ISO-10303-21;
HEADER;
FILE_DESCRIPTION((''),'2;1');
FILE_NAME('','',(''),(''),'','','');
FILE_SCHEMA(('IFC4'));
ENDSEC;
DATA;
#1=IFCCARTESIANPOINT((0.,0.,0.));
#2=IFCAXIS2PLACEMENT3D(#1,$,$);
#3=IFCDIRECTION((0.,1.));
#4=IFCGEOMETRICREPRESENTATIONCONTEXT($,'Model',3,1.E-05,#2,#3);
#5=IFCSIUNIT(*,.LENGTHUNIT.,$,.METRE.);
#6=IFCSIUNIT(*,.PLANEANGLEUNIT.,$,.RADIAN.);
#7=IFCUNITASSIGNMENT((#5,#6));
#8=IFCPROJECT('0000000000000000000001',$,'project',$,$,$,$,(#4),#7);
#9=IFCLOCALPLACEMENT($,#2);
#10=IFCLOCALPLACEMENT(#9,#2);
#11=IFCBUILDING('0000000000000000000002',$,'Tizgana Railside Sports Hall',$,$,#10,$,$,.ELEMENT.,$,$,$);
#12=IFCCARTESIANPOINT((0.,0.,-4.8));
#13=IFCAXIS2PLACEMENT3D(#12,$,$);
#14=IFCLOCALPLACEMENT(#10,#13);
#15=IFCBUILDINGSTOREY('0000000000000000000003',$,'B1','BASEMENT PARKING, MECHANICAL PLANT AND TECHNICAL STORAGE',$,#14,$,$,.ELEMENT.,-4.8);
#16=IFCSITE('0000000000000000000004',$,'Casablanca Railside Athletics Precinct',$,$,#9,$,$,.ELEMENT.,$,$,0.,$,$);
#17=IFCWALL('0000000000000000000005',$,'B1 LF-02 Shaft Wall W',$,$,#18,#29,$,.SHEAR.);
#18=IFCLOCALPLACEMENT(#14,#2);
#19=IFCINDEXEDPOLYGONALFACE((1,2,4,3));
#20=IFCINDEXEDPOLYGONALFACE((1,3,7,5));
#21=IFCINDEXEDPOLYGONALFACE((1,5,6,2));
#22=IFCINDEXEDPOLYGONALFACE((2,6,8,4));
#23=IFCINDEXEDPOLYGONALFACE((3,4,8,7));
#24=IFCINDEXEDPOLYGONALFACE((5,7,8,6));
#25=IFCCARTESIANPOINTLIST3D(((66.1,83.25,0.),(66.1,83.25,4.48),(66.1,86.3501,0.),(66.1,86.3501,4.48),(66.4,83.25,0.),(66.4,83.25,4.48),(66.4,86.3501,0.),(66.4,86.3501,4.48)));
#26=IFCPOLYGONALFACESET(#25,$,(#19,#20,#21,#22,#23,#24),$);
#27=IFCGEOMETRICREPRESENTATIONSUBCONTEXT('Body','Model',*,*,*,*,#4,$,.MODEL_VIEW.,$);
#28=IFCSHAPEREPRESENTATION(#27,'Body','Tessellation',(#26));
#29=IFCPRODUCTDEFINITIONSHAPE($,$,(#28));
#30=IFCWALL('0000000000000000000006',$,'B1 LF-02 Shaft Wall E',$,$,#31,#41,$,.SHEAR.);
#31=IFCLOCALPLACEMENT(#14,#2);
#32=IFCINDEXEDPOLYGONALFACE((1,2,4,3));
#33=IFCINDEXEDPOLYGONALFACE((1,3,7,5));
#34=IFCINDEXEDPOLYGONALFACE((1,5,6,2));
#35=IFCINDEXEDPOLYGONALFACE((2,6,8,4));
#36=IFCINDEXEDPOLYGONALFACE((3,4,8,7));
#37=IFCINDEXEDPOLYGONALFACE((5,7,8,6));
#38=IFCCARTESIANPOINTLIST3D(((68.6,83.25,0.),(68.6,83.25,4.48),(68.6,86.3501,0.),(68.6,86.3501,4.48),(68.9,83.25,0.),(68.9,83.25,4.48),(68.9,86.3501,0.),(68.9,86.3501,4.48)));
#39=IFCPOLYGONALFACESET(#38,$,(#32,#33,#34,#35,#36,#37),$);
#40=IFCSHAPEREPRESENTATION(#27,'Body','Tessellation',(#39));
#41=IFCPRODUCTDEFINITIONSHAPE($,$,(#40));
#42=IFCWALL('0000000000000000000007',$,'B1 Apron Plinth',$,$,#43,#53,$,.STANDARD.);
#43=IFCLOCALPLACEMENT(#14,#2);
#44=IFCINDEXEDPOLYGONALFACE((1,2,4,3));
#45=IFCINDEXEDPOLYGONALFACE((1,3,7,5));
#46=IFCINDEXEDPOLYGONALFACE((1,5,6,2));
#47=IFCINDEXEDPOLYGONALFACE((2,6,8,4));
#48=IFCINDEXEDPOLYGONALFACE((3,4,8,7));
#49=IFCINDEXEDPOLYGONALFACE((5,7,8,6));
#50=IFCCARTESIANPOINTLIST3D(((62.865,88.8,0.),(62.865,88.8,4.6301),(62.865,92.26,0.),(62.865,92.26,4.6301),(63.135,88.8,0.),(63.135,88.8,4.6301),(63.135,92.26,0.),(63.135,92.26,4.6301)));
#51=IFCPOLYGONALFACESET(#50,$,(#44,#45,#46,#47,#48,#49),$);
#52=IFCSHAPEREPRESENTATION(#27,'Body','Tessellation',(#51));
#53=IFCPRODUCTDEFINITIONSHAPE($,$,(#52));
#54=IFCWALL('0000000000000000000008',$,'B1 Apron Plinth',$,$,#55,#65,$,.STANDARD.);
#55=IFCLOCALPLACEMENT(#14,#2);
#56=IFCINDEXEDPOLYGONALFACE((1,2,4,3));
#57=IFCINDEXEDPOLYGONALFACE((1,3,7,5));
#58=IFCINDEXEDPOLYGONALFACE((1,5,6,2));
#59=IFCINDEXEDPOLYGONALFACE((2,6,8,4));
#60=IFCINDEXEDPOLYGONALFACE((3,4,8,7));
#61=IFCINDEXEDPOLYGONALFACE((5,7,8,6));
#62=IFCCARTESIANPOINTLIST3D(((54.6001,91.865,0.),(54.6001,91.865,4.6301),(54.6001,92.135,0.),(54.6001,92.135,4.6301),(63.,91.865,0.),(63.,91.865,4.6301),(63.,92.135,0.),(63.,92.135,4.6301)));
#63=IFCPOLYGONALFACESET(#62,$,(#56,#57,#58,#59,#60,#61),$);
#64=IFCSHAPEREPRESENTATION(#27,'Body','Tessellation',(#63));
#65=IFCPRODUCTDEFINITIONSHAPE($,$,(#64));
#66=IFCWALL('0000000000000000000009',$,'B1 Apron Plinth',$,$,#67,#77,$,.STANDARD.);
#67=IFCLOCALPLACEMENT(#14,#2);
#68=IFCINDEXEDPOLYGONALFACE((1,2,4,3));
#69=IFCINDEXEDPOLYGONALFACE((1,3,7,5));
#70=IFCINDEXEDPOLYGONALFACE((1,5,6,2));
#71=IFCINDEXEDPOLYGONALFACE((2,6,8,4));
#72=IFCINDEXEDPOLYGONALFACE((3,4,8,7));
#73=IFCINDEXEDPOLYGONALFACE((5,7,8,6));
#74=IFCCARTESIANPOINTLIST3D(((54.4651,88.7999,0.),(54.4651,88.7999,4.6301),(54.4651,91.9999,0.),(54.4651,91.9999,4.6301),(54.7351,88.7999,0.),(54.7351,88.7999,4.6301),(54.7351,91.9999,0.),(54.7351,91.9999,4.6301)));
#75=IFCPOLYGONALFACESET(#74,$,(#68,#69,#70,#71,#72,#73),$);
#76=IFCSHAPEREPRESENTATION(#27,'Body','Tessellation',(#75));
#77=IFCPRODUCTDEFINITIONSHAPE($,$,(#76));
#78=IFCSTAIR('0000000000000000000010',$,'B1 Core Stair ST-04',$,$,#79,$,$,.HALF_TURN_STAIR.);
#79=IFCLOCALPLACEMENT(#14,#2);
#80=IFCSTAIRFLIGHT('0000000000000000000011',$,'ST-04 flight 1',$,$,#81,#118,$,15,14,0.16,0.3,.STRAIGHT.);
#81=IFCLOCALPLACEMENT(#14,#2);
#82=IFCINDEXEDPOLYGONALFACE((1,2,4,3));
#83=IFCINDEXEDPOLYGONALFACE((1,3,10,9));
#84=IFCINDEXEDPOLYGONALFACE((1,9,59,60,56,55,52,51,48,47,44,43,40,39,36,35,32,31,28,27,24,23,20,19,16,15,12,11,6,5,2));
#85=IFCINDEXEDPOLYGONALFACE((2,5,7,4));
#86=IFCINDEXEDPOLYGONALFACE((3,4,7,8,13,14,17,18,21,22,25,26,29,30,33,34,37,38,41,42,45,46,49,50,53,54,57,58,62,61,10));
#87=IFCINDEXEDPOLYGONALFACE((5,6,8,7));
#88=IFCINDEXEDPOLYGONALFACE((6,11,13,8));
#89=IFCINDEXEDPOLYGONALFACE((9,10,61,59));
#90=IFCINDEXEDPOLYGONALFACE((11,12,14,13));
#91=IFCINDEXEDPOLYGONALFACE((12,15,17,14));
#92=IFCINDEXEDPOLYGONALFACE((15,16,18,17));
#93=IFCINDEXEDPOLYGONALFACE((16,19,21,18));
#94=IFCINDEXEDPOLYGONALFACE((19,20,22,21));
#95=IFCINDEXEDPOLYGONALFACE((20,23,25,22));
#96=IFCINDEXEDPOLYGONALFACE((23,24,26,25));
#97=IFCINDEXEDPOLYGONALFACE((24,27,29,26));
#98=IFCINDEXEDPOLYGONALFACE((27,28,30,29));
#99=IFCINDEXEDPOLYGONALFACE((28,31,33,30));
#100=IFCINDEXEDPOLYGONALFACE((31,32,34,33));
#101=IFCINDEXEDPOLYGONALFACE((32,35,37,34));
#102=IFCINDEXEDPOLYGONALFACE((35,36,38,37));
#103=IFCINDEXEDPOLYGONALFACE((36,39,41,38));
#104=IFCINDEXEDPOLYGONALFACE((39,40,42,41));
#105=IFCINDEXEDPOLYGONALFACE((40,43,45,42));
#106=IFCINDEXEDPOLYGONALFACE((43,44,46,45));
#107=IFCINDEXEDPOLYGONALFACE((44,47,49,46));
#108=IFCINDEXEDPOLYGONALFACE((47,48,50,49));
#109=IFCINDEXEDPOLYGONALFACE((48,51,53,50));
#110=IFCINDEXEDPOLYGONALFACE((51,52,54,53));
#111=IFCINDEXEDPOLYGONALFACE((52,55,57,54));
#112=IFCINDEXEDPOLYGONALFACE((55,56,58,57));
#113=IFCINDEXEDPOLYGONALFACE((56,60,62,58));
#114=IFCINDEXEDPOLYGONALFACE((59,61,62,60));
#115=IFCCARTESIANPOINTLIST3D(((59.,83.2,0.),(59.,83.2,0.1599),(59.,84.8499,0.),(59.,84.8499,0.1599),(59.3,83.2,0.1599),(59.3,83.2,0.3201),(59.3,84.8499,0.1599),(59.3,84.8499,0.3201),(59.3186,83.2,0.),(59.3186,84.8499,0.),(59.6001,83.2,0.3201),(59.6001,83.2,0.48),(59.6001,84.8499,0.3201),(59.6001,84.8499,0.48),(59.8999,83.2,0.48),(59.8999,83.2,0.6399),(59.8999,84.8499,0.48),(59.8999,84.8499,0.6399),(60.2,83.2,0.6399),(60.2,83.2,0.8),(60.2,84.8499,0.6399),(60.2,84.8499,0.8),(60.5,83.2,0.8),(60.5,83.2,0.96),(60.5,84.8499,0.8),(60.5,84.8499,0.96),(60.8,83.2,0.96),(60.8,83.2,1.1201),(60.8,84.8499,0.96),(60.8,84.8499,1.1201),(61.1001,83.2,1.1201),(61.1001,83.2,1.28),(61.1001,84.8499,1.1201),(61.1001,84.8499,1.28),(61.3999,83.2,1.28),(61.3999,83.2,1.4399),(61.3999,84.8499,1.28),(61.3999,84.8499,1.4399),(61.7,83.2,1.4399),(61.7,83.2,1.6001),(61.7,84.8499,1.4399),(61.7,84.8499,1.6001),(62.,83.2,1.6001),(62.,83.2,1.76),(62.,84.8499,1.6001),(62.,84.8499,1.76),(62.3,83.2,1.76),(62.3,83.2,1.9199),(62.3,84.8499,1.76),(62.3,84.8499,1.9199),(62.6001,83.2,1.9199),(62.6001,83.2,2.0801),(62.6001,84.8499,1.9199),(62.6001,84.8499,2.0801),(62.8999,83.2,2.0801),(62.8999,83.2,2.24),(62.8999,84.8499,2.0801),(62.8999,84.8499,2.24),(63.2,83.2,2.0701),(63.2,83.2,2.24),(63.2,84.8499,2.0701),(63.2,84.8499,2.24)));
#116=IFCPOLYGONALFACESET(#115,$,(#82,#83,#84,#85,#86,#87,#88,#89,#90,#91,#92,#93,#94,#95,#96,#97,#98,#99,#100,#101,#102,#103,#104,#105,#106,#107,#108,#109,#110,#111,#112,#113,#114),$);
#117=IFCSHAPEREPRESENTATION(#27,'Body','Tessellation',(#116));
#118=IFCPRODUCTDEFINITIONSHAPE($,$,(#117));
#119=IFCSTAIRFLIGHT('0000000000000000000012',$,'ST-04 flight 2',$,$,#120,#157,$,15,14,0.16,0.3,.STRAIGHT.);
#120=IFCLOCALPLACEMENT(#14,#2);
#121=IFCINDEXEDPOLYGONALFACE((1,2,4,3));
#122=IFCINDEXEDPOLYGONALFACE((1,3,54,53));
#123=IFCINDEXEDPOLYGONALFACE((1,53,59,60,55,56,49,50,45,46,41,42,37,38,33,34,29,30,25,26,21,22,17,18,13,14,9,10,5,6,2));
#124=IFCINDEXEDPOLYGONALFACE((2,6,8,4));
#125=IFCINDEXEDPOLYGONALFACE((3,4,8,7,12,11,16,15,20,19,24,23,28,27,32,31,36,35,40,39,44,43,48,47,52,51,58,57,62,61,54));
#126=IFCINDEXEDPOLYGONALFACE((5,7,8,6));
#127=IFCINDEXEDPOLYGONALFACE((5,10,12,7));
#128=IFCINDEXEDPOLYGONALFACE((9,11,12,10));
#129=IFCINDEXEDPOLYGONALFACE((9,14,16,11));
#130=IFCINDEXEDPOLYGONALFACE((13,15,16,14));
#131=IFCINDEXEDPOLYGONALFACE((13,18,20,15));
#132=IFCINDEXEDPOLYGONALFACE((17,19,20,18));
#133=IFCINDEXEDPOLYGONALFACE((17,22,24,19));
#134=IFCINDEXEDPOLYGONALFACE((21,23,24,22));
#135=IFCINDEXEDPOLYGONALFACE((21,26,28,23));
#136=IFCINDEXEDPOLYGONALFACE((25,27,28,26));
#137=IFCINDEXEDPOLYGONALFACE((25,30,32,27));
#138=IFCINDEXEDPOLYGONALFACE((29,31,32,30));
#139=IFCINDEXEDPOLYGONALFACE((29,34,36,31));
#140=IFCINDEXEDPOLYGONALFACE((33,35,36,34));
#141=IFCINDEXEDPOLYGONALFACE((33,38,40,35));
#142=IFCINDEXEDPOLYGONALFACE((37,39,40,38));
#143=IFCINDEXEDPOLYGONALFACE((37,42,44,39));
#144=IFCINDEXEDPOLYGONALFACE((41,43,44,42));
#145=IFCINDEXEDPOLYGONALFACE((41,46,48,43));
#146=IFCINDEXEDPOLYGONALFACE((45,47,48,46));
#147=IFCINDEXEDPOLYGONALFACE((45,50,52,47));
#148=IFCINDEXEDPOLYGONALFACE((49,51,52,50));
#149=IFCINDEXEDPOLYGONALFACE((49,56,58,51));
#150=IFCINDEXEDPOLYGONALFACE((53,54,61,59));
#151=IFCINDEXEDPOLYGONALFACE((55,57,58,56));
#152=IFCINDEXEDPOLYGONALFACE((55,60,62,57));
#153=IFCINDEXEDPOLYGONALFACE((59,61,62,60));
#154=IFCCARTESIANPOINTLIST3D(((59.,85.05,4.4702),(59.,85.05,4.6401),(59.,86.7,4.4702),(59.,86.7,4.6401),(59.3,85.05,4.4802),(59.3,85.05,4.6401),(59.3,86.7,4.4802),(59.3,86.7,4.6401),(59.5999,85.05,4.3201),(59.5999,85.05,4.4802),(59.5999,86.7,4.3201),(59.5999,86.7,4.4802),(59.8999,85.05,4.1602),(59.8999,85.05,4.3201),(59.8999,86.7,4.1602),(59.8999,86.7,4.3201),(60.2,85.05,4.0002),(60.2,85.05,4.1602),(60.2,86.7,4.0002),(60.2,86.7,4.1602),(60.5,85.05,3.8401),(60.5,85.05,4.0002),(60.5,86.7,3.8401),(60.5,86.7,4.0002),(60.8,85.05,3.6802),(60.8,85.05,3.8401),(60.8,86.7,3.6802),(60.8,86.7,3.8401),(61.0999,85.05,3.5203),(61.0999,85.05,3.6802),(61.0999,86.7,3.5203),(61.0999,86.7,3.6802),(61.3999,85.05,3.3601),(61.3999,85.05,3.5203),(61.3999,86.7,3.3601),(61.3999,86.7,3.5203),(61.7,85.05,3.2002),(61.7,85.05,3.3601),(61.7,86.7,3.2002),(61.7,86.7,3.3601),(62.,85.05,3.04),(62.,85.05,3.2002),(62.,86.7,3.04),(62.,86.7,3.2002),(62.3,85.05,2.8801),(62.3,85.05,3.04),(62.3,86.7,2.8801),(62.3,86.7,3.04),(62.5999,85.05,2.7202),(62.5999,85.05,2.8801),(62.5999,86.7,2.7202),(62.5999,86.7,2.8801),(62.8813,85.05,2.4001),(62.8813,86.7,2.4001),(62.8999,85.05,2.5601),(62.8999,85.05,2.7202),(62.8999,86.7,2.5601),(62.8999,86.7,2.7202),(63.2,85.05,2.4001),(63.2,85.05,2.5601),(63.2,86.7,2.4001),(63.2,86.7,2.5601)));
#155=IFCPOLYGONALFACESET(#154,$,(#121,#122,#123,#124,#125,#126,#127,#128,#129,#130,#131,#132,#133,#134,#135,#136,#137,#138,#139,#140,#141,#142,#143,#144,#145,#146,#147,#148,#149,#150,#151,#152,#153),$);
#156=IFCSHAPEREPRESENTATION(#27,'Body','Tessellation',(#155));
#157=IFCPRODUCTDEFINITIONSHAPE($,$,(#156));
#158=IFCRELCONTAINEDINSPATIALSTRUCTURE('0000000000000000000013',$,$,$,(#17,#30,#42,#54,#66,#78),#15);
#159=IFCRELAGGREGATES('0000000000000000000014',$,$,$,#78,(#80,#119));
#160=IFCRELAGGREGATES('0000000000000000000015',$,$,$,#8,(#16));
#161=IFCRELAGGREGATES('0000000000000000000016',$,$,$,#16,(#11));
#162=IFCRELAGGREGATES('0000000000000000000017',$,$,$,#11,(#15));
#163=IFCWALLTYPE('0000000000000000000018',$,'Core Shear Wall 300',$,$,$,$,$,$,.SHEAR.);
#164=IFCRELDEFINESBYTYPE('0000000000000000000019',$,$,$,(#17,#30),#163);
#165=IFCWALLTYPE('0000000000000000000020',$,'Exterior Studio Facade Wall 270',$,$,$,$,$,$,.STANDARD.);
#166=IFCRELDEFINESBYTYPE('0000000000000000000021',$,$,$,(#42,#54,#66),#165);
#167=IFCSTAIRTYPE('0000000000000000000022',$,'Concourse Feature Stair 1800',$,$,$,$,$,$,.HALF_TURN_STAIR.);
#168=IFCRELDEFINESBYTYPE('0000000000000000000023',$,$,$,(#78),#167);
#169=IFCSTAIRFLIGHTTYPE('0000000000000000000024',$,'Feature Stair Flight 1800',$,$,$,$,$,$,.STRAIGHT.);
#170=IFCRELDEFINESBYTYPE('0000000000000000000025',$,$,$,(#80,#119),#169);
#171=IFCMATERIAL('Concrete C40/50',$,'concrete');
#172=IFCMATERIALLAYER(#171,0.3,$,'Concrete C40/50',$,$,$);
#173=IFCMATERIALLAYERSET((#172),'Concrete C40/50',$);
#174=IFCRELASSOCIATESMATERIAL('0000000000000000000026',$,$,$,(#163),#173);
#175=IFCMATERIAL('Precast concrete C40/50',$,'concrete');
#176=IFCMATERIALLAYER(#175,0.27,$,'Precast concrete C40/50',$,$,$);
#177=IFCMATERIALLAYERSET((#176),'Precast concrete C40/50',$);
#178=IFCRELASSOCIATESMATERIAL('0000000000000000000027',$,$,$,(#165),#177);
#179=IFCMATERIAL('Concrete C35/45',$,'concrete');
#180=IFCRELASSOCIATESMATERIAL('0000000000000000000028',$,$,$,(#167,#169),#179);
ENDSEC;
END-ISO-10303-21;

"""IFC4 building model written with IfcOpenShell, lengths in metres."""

from ifc_helpers import new_model, si_unit, direction, frame, frame_2d, origin, place, context, subcontext, project, spatial, polyline, rectangle, outline, extrude, material, layer, layer_set, type_object, element, aggregate, save


model = new_model("IFC4")

# Units and contexts
model_context = context("Model", 3, precision=1e-05, world=origin(), true_north=direction((0.0, 1.0)))
body_context = subcontext(model_context, "Body", "Model", "MODEL_VIEW")
ifc_project = project(units=[si_unit("LENGTHUNIT", "METRE"), si_unit("PLANEANGLEUNIT", "RADIAN")], contexts=[model_context])

# Site, building, storey
site_placement = place(None, origin())
site = spatial("IfcSite", under=ifc_project, at=site_placement, Name="Casablanca Railside Athletics Precinct", CompositionType="ELEMENT", RefElevation=0.0)
building_placement = place(site_placement, origin())
building = spatial("IfcBuilding", under=site, at=building_placement, Name="Tizgana Railside Sports Hall", CompositionType="ELEMENT")
storey_placement = place(building_placement, frame((0.0, 0.0, -4.8)))
storey = spatial("IfcBuildingStorey", under=building, at=storey_placement, Name="B1", Description="BASEMENT PARKING, MECHANICAL PLANT AND TECHNICAL STORAGE", CompositionType="ELEMENT", Elevation=-4.8)

# Shared definitions
ifc_material_1 = material(Name="Concrete C35/45", Category="concrete")

# Shared definitions
ifc_material_2 = material(Name="Concrete C40/50", Category="concrete")

# Shared definitions
ifc_layer_1 = layer(ifc_material_2, 0.3, Name="Concrete C40/50")
ifc_layer_set_1 = layer_set([ifc_layer_1], Name="Concrete C40/50")
wall_type_1 = type_object("IfcWallType", Name="Core Shear Wall 300", PredefinedType="SHEAR", material=ifc_layer_set_1)

# Walls
for number, where, z_axis, x_axis, name in (
    (1, (66.25, 83.25, 0.0), (0.0, 0.0, 1.0), (0.0, 1.0, 0.0), "B1 LF-02 Shaft Wall W"),
    (2, (68.75, 83.25, 0.0), (0.0, 0.0, 1.0), (0.0, 1.0, 0.0), "B1 LF-02 Shaft Wall E"),
):
    element("IfcWall", number, at=place(storey_placement, frame(where, z_axis=z_axis, x_axis=x_axis)), inside=storey, type_object=wall_type_1, Name=name, PredefinedType="SHEAR", context=body_context, shape_type="SweptSolid", body=[
        extrude(rectangle(XDim=3.1001, YDim=0.3, at=frame_2d((1.55, 0.0))), origin(), (0.0, 0.0, 1.0), 4.48),
    ])
ifc_material_3 = material(Name="Precast concrete C40/50", Category="concrete")
ifc_layer_2 = layer(ifc_material_3, 0.27, Name="Precast concrete C40/50")
ifc_layer_set_2 = layer_set([ifc_layer_2], Name="Precast concrete C40/50")
wall_type_2 = type_object("IfcWallType", Name="Exterior Studio Facade Wall 270", PredefinedType="STANDARD", material=ifc_layer_set_2)
wall_1_placement = place(storey_placement, frame((63.0, 88.8, 0.0), z_axis=(0.0, 0.0, 1.0), x_axis=(0.0, 1.0, 0.0)))
element("IfcWall", 3, at=wall_1_placement, inside=storey, type_object=wall_type_2, Name="B1 Apron Plinth", PredefinedType="STANDARD", context=body_context, shape_type="SweptSolid", body=[
    extrude(rectangle(XDim=3.46, YDim=0.27, at=frame_2d((1.73, 0.0))), origin(), (0.0, 0.0, 1.0), 4.6301),
])
wall_2_placement = place(storey_placement, frame((63.0, 92.0, 0.0), z_axis=(0.0, 0.0, 1.0), x_axis=(-1.0, 0.0, 0.0)))
element("IfcWall", 4, at=wall_2_placement, inside=storey, type_object=wall_type_2, Name="B1 Apron Plinth", PredefinedType="STANDARD", context=body_context, shape_type="SweptSolid", body=[
    extrude(rectangle(XDim=8.3999, YDim=0.27, at=frame_2d((4.2, 0.0))), origin(), (0.0, 0.0, 1.0), 4.6301),
])
wall_3_placement = place(storey_placement, frame((54.6001, 92.0, 0.0), z_axis=(0.0, 0.0, 1.0), x_axis=(0.0, -1.0, 0.0)))
element("IfcWall", 5, at=wall_3_placement, inside=storey, type_object=wall_type_2, Name="B1 Apron Plinth", PredefinedType="STANDARD", context=body_context, shape_type="SweptSolid", body=[
    extrude(rectangle(XDim=3.2, YDim=0.27, at=frame_2d((1.6001, 0.0))), origin(), (0.0, 0.0, 1.0), 4.6301),
])

# Stair, stair flights
stair_type = type_object("IfcStairType", Name="Concourse Feature Stair 1800", PredefinedType="HALF_TURN_STAIR", material=ifc_material_1)
stair_placement = place(storey_placement, origin())
stair = element("IfcStair", 6, at=stair_placement, inside=storey, type_object=stair_type, Name="B1 Core Stair ST-04", PredefinedType="HALF_TURN_STAIR")
stair_flight_type = type_object("IfcStairFlightType", Name="Feature Stair Flight 1800", PredefinedType="STRAIGHT", material=ifc_material_1)
stair_flight_1_placement = place(storey_placement, frame((59.0, 84.0249, 0.0), z_axis=(0.0, 0.0, 1.0), x_axis=(1.0, 0.0, 0.0)))
stair_flight_1 = element("IfcStairFlight", 7, at=stair_flight_1_placement, type_object=stair_flight_type, Name="ST-04 flight 1", NumberOfRisers=15, NumberOfTreads=14, PredefinedType="STRAIGHT", RiserHeight=0.16, TreadLength=0.3, context=body_context, shape_type="SweptSolid", body=[
    extrude(outline(polyline([(0.0, 0.0), (0.0, 0.1599), (0.3, 0.1599), (0.3, 0.3201), (0.6001, 0.3201), (0.6001, 0.48), (0.8999, 0.48), (0.8999, 0.6399), (1.2, 0.6399), (1.2, 0.8), (1.5, 0.8), (1.5, 0.96), (1.8, 0.96), (1.8, 1.1201), (2.1001, 1.1201), (2.1001, 1.28), (2.3999, 1.28), (2.3999, 1.4399), (2.7, 1.4399), (2.7, 1.6001), (3.0, 1.6001), (3.0, 1.76), (3.3, 1.76), (3.3, 1.9199), (3.6001, 1.9199), (3.6001, 2.0801), (3.8999, 2.0801), (3.8999, 2.24), (4.2, 2.24), (4.2, 2.3999), (4.2, 2.0701), (0.3186, 0.0), (0.0, 0.0)])), frame((0.0, 0.825, 0.0), z_axis=(0.0, -1.0, 0.0), x_axis=(1.0, 0.0, 0.0)), (0.0, 0.0, 1.0), 1.6499),
])
stair_flight_2_placement = place(storey_placement, frame((63.2, 85.875, 2.4001), z_axis=(0.0, 0.0, 1.0), x_axis=(-1.0, 0.0, 0.0)))
stair_flight_2 = element("IfcStairFlight", 8, at=stair_flight_2_placement, type_object=stair_flight_type, Name="ST-04 flight 2", NumberOfRisers=15, NumberOfTreads=14, PredefinedType="STRAIGHT", RiserHeight=0.16, TreadLength=0.3, context=body_context, shape_type="SweptSolid", body=[
    extrude(outline(polyline([(0.0, 0.0), (0.0, 0.1599), (0.3, 0.1599), (0.3, 0.3201), (0.6001, 0.3201), (0.6001, 0.48), (0.8999, 0.48), (0.8999, 0.6399), (1.2, 0.6399), (1.2, 0.8), (1.5, 0.8), (1.5, 0.96), (1.8, 0.96), (1.8, 1.1201), (2.1001, 1.1201), (2.1001, 1.28), (2.3999, 1.28), (2.3999, 1.4399), (2.7, 1.4399), (2.7, 1.6001), (3.0, 1.6001), (3.0, 1.76), (3.3, 1.76), (3.3, 1.9199), (3.6001, 1.9199), (3.6001, 2.0801), (3.8999, 2.0801), (3.8999, 2.24), (4.2, 2.24), (4.2, 2.3999), (4.2, 2.0701), (0.3186, 0.0), (0.0, 0.0)])), frame((0.0, 0.825, 0.0), z_axis=(0.0, -1.0, 0.0), x_axis=(1.0, 0.0, 0.0)), (0.0, 0.0, 1.0), 1.6499),
])
aggregate(stair, [stair_flight_1, stair_flight_2])

save(model, "model.ifc")
